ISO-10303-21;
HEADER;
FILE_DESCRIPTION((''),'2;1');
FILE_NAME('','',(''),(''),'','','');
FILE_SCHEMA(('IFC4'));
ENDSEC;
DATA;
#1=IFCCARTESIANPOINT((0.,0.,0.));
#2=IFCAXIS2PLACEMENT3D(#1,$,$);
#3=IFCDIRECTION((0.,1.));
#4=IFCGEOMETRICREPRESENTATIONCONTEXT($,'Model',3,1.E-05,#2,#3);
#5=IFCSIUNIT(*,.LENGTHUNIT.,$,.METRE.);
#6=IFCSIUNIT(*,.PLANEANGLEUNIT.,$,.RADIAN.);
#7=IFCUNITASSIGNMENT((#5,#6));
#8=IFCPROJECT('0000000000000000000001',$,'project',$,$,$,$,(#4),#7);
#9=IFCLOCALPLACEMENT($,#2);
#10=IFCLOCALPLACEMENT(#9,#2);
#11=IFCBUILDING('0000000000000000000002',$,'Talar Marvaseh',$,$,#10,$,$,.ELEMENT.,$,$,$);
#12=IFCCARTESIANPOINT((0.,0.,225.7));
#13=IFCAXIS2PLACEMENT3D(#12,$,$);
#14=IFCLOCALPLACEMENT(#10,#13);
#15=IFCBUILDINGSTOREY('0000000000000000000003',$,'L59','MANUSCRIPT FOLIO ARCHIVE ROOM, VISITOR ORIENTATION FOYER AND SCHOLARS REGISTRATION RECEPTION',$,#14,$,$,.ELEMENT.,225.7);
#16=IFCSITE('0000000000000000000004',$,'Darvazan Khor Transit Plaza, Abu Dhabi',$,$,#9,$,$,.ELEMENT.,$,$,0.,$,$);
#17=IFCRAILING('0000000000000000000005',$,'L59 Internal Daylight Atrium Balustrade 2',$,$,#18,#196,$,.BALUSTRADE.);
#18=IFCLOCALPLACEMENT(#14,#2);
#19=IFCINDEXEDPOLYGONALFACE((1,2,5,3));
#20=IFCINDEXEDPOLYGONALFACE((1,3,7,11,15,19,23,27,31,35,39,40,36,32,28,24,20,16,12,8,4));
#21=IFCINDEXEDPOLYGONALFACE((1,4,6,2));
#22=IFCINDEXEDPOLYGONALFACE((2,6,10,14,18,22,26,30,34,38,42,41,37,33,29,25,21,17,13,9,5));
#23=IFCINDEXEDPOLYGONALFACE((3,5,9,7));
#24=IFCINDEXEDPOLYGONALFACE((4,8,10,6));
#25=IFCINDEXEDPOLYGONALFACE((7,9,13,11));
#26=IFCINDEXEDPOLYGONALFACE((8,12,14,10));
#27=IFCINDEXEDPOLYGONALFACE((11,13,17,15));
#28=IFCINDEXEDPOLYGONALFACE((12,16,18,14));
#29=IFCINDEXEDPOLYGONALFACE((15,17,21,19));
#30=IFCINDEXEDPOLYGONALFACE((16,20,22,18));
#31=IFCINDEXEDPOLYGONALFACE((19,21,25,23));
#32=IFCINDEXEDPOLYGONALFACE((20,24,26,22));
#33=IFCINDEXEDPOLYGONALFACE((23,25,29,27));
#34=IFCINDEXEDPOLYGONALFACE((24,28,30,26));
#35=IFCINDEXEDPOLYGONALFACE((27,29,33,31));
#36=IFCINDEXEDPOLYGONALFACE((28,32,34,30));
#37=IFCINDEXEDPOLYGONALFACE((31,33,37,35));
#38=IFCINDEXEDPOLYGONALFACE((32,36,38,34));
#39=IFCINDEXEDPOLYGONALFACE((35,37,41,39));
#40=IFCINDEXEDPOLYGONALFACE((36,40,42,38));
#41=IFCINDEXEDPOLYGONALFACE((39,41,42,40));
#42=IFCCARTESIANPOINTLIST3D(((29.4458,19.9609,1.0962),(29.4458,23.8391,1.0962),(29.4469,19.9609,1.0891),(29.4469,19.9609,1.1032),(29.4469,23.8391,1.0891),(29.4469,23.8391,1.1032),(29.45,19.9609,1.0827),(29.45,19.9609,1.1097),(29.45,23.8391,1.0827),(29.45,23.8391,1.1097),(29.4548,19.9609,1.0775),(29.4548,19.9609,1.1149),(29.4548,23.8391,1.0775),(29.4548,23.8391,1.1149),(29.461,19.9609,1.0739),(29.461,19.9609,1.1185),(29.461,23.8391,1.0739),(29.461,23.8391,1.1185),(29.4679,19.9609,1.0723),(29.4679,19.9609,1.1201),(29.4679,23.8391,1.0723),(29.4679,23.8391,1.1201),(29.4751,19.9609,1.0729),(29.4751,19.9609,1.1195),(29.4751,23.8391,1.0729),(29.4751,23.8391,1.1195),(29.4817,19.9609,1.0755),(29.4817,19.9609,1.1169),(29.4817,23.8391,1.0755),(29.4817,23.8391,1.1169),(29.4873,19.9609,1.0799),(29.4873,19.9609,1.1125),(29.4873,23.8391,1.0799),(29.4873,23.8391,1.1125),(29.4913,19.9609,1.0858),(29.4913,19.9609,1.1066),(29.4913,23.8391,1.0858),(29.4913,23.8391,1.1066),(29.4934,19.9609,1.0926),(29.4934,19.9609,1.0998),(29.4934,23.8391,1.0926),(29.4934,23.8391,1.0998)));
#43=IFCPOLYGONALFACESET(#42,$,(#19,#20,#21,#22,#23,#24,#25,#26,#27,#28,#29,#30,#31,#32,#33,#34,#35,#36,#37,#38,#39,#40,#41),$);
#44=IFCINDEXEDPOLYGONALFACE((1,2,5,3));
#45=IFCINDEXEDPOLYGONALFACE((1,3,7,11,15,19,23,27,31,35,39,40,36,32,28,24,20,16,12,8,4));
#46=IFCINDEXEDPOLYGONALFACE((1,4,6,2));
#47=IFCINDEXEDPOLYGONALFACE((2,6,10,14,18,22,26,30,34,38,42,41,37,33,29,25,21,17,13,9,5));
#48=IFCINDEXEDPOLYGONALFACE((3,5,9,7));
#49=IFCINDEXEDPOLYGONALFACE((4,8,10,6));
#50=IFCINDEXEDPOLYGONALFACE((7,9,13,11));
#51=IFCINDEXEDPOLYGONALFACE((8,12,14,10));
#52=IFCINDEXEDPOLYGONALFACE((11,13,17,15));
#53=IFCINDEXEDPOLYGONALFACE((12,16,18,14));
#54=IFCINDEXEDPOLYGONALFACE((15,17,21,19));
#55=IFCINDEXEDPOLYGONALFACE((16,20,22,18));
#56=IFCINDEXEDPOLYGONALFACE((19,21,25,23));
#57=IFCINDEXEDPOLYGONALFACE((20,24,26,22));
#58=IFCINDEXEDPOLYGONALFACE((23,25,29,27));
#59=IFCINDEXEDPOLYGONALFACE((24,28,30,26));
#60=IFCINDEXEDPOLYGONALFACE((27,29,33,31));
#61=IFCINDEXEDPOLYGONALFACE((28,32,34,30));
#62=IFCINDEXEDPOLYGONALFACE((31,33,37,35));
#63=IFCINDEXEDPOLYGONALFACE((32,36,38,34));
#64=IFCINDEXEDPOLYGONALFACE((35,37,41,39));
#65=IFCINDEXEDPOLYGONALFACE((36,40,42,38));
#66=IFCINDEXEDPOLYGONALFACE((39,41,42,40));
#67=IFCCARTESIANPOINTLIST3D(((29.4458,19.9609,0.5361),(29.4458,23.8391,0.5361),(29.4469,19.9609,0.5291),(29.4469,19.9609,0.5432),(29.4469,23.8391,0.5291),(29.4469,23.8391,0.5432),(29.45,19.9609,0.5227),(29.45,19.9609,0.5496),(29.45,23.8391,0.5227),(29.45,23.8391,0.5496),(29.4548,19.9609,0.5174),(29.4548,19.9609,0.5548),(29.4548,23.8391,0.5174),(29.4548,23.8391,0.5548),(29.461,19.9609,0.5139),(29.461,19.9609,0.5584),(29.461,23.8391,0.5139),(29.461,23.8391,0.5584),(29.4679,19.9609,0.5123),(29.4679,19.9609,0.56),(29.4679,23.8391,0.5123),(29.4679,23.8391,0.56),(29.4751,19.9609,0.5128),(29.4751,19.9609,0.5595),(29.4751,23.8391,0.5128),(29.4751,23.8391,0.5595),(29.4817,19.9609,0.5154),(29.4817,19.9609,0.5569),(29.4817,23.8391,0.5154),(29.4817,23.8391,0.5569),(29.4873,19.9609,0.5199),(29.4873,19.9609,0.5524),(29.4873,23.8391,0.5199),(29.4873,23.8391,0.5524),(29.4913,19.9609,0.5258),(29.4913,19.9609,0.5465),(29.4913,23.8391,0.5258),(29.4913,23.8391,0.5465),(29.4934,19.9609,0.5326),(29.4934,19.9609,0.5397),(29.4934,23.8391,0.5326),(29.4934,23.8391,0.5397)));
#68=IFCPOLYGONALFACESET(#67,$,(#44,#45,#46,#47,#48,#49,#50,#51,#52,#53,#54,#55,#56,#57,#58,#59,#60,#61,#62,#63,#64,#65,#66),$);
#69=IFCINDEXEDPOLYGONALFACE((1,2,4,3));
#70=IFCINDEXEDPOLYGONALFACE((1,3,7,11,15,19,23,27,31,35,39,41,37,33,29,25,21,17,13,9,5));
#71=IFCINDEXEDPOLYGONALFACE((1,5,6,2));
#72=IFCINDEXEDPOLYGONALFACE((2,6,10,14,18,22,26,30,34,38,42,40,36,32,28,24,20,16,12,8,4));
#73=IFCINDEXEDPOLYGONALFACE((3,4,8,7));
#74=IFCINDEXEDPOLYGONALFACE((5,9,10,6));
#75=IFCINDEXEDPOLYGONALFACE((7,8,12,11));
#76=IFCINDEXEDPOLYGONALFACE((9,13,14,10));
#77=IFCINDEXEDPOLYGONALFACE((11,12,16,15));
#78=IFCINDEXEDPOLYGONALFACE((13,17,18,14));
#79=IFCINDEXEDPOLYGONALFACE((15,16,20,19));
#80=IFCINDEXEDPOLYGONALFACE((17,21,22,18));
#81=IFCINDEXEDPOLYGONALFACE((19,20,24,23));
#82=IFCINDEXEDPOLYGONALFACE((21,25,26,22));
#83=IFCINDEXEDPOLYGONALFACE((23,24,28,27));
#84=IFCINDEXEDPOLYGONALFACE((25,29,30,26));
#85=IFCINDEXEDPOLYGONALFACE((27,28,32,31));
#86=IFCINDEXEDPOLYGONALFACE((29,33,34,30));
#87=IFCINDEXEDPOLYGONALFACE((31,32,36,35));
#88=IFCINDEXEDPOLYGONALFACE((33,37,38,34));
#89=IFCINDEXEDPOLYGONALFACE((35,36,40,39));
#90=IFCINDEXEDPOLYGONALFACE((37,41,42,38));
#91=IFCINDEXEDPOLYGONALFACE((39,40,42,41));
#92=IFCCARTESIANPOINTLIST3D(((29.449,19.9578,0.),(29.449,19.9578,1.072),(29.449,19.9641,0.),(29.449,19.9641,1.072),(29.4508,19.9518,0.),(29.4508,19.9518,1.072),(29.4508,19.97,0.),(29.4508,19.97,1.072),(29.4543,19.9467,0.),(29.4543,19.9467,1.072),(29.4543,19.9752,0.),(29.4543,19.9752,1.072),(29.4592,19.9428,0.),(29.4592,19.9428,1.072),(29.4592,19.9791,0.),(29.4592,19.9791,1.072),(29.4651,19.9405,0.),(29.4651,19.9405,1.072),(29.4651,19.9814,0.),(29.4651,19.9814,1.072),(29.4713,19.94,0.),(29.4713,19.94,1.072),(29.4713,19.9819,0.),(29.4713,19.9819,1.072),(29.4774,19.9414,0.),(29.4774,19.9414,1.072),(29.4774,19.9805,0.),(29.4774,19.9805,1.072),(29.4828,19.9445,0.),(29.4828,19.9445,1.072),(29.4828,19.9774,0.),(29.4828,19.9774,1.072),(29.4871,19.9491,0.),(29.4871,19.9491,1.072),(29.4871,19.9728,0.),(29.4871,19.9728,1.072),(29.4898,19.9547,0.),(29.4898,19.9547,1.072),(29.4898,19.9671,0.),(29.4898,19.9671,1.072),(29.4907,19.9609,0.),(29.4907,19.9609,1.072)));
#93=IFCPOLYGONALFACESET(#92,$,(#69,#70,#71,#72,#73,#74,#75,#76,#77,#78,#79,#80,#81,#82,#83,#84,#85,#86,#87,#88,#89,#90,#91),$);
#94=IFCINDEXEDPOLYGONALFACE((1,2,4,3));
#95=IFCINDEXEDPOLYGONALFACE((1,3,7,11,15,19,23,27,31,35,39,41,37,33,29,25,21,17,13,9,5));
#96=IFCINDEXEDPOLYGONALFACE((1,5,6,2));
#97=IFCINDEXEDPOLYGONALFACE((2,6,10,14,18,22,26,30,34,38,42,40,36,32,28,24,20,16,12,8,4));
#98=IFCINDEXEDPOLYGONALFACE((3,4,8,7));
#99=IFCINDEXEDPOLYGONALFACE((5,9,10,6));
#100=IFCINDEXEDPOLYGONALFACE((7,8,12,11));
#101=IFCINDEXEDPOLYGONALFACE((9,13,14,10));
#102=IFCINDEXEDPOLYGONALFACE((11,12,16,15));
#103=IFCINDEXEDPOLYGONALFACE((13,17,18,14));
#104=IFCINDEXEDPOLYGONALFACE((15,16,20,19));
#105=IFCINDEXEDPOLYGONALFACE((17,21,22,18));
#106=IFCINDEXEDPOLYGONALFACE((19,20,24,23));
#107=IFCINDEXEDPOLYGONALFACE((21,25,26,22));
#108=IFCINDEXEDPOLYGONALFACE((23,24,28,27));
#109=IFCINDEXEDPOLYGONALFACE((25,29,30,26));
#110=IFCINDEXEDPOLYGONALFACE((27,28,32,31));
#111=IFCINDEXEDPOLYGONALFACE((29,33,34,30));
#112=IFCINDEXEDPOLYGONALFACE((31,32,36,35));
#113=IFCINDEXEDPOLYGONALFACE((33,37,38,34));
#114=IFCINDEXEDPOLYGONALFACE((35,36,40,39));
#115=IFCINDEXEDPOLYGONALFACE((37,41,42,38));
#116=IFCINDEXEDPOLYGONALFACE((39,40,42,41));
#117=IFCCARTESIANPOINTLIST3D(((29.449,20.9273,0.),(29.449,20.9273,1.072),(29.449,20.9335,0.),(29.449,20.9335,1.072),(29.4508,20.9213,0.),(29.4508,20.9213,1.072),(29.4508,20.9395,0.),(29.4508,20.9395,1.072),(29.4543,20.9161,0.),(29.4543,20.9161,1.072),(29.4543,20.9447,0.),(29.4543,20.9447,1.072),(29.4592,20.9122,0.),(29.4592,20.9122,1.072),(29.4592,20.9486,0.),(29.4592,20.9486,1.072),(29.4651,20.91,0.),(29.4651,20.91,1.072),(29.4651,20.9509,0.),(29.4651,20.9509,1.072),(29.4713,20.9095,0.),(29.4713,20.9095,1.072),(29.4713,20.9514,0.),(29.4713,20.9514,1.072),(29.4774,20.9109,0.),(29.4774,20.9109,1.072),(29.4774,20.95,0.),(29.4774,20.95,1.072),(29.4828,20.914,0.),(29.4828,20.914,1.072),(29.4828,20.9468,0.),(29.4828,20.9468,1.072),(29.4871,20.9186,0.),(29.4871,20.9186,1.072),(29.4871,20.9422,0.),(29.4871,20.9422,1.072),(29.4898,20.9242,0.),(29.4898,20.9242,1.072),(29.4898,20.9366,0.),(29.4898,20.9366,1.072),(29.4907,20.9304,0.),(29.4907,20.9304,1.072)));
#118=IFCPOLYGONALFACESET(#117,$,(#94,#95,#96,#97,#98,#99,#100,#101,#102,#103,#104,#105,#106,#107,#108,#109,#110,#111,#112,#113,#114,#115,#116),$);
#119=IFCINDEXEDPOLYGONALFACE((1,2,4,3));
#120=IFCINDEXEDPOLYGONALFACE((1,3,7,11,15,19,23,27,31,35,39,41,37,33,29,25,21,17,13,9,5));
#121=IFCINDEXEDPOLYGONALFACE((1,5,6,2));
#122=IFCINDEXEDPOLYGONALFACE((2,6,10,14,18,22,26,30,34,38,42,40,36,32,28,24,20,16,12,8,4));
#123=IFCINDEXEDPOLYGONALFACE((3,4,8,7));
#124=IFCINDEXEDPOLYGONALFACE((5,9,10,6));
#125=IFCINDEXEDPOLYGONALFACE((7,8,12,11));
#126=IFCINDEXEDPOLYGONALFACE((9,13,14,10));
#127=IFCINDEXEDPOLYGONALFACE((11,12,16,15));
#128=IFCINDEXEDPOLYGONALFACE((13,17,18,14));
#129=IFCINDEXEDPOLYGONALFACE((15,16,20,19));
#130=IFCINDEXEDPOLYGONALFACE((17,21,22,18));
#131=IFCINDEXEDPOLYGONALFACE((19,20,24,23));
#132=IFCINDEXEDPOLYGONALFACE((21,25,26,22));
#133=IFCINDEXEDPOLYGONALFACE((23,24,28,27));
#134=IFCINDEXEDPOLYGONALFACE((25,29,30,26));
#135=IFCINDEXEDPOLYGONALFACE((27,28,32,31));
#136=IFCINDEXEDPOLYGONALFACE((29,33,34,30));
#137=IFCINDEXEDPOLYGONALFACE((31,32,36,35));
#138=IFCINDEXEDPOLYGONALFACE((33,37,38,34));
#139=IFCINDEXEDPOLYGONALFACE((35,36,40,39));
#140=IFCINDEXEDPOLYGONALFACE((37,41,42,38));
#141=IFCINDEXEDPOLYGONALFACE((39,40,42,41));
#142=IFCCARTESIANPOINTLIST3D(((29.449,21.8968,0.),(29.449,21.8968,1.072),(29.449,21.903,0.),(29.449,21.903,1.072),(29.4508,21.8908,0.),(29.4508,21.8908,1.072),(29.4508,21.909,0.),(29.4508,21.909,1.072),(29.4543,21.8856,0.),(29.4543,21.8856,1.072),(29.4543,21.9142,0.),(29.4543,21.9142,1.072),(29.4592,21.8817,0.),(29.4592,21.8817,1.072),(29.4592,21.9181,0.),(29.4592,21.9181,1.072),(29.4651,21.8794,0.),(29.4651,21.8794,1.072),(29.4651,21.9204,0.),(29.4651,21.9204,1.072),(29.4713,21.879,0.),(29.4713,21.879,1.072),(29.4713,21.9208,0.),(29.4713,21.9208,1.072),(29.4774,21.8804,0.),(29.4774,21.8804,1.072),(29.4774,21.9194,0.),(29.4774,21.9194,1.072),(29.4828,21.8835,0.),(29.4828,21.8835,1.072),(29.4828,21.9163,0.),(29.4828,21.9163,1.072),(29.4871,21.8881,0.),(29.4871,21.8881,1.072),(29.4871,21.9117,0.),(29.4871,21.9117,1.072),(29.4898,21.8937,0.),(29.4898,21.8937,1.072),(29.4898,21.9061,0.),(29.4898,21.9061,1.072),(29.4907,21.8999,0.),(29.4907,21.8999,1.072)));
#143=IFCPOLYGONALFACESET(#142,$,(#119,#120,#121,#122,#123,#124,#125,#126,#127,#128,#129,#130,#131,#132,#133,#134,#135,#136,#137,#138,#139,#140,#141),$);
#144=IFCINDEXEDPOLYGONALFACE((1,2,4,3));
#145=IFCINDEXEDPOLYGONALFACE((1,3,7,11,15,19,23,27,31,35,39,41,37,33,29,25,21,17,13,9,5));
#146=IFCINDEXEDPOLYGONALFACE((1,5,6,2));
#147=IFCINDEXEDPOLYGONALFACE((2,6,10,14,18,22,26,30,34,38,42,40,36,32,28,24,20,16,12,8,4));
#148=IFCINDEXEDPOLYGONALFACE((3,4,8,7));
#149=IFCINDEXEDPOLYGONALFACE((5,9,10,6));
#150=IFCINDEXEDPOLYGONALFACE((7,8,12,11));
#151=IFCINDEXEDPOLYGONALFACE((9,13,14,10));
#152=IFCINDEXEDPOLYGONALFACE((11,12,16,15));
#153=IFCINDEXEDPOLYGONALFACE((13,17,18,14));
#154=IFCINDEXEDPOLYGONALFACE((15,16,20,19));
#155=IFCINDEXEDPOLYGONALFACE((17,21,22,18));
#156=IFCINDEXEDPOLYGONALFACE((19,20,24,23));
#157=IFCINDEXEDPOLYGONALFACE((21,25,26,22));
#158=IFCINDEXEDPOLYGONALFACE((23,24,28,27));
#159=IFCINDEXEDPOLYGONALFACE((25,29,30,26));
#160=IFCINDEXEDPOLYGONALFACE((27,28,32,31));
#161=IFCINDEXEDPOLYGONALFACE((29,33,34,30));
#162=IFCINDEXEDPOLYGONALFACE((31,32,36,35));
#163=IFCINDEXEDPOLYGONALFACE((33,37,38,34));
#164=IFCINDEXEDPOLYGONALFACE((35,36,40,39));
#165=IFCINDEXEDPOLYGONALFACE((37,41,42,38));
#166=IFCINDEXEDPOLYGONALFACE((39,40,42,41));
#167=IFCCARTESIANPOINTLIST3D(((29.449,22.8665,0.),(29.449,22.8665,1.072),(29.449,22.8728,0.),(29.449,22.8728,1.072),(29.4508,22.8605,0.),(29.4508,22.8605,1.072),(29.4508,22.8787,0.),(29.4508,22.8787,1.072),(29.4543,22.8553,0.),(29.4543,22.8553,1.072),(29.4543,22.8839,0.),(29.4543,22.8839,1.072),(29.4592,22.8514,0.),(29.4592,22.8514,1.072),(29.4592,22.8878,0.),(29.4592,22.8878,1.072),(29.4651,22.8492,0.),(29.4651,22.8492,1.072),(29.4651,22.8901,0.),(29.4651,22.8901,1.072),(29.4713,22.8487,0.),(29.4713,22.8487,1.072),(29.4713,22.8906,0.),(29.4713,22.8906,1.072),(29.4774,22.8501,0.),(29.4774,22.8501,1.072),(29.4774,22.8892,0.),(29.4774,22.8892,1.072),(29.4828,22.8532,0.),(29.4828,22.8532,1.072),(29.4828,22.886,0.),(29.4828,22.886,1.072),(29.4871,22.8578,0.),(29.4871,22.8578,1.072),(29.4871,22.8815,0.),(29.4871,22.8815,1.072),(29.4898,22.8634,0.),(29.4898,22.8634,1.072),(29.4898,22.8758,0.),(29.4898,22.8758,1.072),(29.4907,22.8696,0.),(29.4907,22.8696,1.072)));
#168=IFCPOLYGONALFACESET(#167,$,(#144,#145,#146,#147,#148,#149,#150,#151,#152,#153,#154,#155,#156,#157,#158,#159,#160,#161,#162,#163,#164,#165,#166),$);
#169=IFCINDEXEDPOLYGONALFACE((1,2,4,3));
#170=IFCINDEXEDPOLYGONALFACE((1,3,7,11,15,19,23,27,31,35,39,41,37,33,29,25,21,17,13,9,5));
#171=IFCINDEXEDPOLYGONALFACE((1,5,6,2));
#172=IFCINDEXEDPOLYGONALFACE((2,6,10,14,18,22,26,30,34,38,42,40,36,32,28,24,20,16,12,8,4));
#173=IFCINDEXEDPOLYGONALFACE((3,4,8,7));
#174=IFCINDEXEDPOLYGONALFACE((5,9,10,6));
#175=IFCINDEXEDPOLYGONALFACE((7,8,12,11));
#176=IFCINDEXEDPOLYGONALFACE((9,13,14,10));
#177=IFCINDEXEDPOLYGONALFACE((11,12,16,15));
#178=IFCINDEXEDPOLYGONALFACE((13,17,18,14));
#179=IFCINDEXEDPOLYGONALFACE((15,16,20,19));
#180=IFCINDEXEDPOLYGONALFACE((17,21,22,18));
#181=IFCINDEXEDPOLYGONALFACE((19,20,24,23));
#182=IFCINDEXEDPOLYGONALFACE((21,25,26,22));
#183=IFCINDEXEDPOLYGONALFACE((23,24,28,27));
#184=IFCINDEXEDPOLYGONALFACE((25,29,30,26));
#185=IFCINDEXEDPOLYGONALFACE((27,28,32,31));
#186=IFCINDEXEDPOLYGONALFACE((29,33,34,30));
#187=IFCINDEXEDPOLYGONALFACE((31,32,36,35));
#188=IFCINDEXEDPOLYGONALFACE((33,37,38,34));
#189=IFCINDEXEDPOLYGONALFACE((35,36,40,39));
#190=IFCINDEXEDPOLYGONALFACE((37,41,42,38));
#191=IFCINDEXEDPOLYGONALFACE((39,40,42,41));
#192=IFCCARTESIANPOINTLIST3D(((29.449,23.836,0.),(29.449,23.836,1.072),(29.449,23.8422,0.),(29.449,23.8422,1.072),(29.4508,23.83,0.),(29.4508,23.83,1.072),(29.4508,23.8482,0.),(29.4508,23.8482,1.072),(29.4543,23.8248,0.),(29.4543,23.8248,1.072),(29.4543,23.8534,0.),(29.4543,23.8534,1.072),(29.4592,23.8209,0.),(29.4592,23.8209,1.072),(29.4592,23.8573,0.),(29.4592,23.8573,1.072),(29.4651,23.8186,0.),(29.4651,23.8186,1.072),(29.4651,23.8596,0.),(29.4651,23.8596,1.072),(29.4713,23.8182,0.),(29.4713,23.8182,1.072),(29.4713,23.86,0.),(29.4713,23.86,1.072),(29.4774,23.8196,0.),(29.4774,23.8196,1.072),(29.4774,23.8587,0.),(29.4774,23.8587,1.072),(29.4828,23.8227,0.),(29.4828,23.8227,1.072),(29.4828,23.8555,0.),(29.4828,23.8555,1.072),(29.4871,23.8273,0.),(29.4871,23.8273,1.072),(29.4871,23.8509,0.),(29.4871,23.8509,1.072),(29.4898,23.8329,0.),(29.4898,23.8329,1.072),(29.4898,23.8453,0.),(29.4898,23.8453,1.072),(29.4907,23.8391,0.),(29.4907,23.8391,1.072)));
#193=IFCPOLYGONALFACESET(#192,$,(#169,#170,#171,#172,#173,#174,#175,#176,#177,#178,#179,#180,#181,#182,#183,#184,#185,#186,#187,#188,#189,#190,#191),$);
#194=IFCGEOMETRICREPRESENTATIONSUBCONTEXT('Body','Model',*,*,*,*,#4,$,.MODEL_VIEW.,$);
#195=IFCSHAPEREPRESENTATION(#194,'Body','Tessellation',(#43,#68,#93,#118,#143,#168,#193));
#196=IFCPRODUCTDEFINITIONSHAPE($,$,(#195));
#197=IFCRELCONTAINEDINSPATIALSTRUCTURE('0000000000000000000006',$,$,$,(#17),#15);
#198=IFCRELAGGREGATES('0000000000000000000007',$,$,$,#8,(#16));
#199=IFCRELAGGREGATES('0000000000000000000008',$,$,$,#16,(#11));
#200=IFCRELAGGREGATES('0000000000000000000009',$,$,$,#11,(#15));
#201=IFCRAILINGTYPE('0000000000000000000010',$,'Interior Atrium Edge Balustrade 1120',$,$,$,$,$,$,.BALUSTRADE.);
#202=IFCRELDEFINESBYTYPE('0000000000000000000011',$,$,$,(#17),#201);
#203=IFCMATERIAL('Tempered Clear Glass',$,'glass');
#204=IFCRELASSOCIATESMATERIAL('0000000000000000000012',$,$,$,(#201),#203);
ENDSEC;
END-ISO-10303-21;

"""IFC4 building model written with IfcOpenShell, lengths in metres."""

from ifc_helpers import new_model, si_unit, direction, frame, origin, origin_2d, place, context, subcontext, project, spatial, circle, extrude, material, type_object, element, save


model = new_model("IFC4")

# Units and contexts
model_context = context("Model", 3, precision=1e-05, world=origin(), true_north=direction((0.0, 1.0)))
body_context = subcontext(model_context, "Body", "Model", "MODEL_VIEW")
ifc_project = project(units=[si_unit("LENGTHUNIT", "METRE"), si_unit("PLANEANGLEUNIT", "RADIAN")], contexts=[model_context])

# Site, building, storey
site_placement = place(None, origin())
site = spatial("IfcSite", under=ifc_project, at=site_placement, Name="Darvazan Khor Transit Plaza, Abu Dhabi", CompositionType="ELEMENT", RefElevation=0.0)
building_placement = place(site_placement, origin())
building = spatial("IfcBuilding", under=site, at=building_placement, Name="Talar Marvaseh", CompositionType="ELEMENT")
storey_placement = place(building_placement, frame((0.0, 0.0, 225.7)))
storey = spatial("IfcBuildingStorey", under=building, at=storey_placement, Name="L59", Description="MANUSCRIPT FOLIO ARCHIVE ROOM, VISITOR ORIENTATION FOYER AND SCHOLARS REGISTRATION RECEPTION", CompositionType="ELEMENT", Elevation=225.7)

# Railing
ifc_material_1 = material(Name="Tempered Clear Glass", Category="glass")
railing_type = type_object("IfcRailingType", Name="Interior Atrium Edge Balustrade 1120", PredefinedType="BALUSTRADE", material=ifc_material_1)
railing_1_placement = place(storey_placement, frame((29.4697, 19.9609, 0.0)))
element("IfcRailing", 1, at=railing_1_placement, inside=storey, type_object=railing_type, Name="L59 Internal Daylight Atrium Balustrade 2", PredefinedType="BALUSTRADE", context=body_context, shape_type="SweptSolid", body=[
    extrude(circle(Radius=0.0239, at=origin_2d()), frame((0.0, 0.0, 1.0962), z_axis=(0.0, 1.0, 0.0), x_axis=(-1.0, 0.0, 0.0)), (0.0, 0.0, 1.0), 3.8782),
    extrude(circle(Radius=0.0239, at=origin_2d()), frame((0.0, 0.0, 0.5361), z_axis=(0.0, 1.0, 0.0), x_axis=(-1.0, 0.0, 0.0)), (0.0, 0.0, 1.0), 3.8782),
    extrude(circle(Radius=0.021, at=origin_2d()), origin(), (0.0, 0.0, 1.0), 1.072),
    extrude(circle(Radius=0.021, at=origin_2d()), frame((0.0, 0.9695, 0.0)), (0.0, 0.0, 1.0), 1.072),
    extrude(circle(Radius=0.021, at=origin_2d()), frame((0.0, 1.939, 0.0)), (0.0, 0.0, 1.0), 1.072),
    extrude(circle(Radius=0.021, at=origin_2d()), frame((0.0, 2.9087, 0.0)), (0.0, 0.0, 1.0), 1.072),
    extrude(circle(Radius=0.021, at=origin_2d()), frame((0.0, 3.8782, 0.0)), (0.0, 0.0, 1.0), 1.072),
])

save(model, "model.ifc")
